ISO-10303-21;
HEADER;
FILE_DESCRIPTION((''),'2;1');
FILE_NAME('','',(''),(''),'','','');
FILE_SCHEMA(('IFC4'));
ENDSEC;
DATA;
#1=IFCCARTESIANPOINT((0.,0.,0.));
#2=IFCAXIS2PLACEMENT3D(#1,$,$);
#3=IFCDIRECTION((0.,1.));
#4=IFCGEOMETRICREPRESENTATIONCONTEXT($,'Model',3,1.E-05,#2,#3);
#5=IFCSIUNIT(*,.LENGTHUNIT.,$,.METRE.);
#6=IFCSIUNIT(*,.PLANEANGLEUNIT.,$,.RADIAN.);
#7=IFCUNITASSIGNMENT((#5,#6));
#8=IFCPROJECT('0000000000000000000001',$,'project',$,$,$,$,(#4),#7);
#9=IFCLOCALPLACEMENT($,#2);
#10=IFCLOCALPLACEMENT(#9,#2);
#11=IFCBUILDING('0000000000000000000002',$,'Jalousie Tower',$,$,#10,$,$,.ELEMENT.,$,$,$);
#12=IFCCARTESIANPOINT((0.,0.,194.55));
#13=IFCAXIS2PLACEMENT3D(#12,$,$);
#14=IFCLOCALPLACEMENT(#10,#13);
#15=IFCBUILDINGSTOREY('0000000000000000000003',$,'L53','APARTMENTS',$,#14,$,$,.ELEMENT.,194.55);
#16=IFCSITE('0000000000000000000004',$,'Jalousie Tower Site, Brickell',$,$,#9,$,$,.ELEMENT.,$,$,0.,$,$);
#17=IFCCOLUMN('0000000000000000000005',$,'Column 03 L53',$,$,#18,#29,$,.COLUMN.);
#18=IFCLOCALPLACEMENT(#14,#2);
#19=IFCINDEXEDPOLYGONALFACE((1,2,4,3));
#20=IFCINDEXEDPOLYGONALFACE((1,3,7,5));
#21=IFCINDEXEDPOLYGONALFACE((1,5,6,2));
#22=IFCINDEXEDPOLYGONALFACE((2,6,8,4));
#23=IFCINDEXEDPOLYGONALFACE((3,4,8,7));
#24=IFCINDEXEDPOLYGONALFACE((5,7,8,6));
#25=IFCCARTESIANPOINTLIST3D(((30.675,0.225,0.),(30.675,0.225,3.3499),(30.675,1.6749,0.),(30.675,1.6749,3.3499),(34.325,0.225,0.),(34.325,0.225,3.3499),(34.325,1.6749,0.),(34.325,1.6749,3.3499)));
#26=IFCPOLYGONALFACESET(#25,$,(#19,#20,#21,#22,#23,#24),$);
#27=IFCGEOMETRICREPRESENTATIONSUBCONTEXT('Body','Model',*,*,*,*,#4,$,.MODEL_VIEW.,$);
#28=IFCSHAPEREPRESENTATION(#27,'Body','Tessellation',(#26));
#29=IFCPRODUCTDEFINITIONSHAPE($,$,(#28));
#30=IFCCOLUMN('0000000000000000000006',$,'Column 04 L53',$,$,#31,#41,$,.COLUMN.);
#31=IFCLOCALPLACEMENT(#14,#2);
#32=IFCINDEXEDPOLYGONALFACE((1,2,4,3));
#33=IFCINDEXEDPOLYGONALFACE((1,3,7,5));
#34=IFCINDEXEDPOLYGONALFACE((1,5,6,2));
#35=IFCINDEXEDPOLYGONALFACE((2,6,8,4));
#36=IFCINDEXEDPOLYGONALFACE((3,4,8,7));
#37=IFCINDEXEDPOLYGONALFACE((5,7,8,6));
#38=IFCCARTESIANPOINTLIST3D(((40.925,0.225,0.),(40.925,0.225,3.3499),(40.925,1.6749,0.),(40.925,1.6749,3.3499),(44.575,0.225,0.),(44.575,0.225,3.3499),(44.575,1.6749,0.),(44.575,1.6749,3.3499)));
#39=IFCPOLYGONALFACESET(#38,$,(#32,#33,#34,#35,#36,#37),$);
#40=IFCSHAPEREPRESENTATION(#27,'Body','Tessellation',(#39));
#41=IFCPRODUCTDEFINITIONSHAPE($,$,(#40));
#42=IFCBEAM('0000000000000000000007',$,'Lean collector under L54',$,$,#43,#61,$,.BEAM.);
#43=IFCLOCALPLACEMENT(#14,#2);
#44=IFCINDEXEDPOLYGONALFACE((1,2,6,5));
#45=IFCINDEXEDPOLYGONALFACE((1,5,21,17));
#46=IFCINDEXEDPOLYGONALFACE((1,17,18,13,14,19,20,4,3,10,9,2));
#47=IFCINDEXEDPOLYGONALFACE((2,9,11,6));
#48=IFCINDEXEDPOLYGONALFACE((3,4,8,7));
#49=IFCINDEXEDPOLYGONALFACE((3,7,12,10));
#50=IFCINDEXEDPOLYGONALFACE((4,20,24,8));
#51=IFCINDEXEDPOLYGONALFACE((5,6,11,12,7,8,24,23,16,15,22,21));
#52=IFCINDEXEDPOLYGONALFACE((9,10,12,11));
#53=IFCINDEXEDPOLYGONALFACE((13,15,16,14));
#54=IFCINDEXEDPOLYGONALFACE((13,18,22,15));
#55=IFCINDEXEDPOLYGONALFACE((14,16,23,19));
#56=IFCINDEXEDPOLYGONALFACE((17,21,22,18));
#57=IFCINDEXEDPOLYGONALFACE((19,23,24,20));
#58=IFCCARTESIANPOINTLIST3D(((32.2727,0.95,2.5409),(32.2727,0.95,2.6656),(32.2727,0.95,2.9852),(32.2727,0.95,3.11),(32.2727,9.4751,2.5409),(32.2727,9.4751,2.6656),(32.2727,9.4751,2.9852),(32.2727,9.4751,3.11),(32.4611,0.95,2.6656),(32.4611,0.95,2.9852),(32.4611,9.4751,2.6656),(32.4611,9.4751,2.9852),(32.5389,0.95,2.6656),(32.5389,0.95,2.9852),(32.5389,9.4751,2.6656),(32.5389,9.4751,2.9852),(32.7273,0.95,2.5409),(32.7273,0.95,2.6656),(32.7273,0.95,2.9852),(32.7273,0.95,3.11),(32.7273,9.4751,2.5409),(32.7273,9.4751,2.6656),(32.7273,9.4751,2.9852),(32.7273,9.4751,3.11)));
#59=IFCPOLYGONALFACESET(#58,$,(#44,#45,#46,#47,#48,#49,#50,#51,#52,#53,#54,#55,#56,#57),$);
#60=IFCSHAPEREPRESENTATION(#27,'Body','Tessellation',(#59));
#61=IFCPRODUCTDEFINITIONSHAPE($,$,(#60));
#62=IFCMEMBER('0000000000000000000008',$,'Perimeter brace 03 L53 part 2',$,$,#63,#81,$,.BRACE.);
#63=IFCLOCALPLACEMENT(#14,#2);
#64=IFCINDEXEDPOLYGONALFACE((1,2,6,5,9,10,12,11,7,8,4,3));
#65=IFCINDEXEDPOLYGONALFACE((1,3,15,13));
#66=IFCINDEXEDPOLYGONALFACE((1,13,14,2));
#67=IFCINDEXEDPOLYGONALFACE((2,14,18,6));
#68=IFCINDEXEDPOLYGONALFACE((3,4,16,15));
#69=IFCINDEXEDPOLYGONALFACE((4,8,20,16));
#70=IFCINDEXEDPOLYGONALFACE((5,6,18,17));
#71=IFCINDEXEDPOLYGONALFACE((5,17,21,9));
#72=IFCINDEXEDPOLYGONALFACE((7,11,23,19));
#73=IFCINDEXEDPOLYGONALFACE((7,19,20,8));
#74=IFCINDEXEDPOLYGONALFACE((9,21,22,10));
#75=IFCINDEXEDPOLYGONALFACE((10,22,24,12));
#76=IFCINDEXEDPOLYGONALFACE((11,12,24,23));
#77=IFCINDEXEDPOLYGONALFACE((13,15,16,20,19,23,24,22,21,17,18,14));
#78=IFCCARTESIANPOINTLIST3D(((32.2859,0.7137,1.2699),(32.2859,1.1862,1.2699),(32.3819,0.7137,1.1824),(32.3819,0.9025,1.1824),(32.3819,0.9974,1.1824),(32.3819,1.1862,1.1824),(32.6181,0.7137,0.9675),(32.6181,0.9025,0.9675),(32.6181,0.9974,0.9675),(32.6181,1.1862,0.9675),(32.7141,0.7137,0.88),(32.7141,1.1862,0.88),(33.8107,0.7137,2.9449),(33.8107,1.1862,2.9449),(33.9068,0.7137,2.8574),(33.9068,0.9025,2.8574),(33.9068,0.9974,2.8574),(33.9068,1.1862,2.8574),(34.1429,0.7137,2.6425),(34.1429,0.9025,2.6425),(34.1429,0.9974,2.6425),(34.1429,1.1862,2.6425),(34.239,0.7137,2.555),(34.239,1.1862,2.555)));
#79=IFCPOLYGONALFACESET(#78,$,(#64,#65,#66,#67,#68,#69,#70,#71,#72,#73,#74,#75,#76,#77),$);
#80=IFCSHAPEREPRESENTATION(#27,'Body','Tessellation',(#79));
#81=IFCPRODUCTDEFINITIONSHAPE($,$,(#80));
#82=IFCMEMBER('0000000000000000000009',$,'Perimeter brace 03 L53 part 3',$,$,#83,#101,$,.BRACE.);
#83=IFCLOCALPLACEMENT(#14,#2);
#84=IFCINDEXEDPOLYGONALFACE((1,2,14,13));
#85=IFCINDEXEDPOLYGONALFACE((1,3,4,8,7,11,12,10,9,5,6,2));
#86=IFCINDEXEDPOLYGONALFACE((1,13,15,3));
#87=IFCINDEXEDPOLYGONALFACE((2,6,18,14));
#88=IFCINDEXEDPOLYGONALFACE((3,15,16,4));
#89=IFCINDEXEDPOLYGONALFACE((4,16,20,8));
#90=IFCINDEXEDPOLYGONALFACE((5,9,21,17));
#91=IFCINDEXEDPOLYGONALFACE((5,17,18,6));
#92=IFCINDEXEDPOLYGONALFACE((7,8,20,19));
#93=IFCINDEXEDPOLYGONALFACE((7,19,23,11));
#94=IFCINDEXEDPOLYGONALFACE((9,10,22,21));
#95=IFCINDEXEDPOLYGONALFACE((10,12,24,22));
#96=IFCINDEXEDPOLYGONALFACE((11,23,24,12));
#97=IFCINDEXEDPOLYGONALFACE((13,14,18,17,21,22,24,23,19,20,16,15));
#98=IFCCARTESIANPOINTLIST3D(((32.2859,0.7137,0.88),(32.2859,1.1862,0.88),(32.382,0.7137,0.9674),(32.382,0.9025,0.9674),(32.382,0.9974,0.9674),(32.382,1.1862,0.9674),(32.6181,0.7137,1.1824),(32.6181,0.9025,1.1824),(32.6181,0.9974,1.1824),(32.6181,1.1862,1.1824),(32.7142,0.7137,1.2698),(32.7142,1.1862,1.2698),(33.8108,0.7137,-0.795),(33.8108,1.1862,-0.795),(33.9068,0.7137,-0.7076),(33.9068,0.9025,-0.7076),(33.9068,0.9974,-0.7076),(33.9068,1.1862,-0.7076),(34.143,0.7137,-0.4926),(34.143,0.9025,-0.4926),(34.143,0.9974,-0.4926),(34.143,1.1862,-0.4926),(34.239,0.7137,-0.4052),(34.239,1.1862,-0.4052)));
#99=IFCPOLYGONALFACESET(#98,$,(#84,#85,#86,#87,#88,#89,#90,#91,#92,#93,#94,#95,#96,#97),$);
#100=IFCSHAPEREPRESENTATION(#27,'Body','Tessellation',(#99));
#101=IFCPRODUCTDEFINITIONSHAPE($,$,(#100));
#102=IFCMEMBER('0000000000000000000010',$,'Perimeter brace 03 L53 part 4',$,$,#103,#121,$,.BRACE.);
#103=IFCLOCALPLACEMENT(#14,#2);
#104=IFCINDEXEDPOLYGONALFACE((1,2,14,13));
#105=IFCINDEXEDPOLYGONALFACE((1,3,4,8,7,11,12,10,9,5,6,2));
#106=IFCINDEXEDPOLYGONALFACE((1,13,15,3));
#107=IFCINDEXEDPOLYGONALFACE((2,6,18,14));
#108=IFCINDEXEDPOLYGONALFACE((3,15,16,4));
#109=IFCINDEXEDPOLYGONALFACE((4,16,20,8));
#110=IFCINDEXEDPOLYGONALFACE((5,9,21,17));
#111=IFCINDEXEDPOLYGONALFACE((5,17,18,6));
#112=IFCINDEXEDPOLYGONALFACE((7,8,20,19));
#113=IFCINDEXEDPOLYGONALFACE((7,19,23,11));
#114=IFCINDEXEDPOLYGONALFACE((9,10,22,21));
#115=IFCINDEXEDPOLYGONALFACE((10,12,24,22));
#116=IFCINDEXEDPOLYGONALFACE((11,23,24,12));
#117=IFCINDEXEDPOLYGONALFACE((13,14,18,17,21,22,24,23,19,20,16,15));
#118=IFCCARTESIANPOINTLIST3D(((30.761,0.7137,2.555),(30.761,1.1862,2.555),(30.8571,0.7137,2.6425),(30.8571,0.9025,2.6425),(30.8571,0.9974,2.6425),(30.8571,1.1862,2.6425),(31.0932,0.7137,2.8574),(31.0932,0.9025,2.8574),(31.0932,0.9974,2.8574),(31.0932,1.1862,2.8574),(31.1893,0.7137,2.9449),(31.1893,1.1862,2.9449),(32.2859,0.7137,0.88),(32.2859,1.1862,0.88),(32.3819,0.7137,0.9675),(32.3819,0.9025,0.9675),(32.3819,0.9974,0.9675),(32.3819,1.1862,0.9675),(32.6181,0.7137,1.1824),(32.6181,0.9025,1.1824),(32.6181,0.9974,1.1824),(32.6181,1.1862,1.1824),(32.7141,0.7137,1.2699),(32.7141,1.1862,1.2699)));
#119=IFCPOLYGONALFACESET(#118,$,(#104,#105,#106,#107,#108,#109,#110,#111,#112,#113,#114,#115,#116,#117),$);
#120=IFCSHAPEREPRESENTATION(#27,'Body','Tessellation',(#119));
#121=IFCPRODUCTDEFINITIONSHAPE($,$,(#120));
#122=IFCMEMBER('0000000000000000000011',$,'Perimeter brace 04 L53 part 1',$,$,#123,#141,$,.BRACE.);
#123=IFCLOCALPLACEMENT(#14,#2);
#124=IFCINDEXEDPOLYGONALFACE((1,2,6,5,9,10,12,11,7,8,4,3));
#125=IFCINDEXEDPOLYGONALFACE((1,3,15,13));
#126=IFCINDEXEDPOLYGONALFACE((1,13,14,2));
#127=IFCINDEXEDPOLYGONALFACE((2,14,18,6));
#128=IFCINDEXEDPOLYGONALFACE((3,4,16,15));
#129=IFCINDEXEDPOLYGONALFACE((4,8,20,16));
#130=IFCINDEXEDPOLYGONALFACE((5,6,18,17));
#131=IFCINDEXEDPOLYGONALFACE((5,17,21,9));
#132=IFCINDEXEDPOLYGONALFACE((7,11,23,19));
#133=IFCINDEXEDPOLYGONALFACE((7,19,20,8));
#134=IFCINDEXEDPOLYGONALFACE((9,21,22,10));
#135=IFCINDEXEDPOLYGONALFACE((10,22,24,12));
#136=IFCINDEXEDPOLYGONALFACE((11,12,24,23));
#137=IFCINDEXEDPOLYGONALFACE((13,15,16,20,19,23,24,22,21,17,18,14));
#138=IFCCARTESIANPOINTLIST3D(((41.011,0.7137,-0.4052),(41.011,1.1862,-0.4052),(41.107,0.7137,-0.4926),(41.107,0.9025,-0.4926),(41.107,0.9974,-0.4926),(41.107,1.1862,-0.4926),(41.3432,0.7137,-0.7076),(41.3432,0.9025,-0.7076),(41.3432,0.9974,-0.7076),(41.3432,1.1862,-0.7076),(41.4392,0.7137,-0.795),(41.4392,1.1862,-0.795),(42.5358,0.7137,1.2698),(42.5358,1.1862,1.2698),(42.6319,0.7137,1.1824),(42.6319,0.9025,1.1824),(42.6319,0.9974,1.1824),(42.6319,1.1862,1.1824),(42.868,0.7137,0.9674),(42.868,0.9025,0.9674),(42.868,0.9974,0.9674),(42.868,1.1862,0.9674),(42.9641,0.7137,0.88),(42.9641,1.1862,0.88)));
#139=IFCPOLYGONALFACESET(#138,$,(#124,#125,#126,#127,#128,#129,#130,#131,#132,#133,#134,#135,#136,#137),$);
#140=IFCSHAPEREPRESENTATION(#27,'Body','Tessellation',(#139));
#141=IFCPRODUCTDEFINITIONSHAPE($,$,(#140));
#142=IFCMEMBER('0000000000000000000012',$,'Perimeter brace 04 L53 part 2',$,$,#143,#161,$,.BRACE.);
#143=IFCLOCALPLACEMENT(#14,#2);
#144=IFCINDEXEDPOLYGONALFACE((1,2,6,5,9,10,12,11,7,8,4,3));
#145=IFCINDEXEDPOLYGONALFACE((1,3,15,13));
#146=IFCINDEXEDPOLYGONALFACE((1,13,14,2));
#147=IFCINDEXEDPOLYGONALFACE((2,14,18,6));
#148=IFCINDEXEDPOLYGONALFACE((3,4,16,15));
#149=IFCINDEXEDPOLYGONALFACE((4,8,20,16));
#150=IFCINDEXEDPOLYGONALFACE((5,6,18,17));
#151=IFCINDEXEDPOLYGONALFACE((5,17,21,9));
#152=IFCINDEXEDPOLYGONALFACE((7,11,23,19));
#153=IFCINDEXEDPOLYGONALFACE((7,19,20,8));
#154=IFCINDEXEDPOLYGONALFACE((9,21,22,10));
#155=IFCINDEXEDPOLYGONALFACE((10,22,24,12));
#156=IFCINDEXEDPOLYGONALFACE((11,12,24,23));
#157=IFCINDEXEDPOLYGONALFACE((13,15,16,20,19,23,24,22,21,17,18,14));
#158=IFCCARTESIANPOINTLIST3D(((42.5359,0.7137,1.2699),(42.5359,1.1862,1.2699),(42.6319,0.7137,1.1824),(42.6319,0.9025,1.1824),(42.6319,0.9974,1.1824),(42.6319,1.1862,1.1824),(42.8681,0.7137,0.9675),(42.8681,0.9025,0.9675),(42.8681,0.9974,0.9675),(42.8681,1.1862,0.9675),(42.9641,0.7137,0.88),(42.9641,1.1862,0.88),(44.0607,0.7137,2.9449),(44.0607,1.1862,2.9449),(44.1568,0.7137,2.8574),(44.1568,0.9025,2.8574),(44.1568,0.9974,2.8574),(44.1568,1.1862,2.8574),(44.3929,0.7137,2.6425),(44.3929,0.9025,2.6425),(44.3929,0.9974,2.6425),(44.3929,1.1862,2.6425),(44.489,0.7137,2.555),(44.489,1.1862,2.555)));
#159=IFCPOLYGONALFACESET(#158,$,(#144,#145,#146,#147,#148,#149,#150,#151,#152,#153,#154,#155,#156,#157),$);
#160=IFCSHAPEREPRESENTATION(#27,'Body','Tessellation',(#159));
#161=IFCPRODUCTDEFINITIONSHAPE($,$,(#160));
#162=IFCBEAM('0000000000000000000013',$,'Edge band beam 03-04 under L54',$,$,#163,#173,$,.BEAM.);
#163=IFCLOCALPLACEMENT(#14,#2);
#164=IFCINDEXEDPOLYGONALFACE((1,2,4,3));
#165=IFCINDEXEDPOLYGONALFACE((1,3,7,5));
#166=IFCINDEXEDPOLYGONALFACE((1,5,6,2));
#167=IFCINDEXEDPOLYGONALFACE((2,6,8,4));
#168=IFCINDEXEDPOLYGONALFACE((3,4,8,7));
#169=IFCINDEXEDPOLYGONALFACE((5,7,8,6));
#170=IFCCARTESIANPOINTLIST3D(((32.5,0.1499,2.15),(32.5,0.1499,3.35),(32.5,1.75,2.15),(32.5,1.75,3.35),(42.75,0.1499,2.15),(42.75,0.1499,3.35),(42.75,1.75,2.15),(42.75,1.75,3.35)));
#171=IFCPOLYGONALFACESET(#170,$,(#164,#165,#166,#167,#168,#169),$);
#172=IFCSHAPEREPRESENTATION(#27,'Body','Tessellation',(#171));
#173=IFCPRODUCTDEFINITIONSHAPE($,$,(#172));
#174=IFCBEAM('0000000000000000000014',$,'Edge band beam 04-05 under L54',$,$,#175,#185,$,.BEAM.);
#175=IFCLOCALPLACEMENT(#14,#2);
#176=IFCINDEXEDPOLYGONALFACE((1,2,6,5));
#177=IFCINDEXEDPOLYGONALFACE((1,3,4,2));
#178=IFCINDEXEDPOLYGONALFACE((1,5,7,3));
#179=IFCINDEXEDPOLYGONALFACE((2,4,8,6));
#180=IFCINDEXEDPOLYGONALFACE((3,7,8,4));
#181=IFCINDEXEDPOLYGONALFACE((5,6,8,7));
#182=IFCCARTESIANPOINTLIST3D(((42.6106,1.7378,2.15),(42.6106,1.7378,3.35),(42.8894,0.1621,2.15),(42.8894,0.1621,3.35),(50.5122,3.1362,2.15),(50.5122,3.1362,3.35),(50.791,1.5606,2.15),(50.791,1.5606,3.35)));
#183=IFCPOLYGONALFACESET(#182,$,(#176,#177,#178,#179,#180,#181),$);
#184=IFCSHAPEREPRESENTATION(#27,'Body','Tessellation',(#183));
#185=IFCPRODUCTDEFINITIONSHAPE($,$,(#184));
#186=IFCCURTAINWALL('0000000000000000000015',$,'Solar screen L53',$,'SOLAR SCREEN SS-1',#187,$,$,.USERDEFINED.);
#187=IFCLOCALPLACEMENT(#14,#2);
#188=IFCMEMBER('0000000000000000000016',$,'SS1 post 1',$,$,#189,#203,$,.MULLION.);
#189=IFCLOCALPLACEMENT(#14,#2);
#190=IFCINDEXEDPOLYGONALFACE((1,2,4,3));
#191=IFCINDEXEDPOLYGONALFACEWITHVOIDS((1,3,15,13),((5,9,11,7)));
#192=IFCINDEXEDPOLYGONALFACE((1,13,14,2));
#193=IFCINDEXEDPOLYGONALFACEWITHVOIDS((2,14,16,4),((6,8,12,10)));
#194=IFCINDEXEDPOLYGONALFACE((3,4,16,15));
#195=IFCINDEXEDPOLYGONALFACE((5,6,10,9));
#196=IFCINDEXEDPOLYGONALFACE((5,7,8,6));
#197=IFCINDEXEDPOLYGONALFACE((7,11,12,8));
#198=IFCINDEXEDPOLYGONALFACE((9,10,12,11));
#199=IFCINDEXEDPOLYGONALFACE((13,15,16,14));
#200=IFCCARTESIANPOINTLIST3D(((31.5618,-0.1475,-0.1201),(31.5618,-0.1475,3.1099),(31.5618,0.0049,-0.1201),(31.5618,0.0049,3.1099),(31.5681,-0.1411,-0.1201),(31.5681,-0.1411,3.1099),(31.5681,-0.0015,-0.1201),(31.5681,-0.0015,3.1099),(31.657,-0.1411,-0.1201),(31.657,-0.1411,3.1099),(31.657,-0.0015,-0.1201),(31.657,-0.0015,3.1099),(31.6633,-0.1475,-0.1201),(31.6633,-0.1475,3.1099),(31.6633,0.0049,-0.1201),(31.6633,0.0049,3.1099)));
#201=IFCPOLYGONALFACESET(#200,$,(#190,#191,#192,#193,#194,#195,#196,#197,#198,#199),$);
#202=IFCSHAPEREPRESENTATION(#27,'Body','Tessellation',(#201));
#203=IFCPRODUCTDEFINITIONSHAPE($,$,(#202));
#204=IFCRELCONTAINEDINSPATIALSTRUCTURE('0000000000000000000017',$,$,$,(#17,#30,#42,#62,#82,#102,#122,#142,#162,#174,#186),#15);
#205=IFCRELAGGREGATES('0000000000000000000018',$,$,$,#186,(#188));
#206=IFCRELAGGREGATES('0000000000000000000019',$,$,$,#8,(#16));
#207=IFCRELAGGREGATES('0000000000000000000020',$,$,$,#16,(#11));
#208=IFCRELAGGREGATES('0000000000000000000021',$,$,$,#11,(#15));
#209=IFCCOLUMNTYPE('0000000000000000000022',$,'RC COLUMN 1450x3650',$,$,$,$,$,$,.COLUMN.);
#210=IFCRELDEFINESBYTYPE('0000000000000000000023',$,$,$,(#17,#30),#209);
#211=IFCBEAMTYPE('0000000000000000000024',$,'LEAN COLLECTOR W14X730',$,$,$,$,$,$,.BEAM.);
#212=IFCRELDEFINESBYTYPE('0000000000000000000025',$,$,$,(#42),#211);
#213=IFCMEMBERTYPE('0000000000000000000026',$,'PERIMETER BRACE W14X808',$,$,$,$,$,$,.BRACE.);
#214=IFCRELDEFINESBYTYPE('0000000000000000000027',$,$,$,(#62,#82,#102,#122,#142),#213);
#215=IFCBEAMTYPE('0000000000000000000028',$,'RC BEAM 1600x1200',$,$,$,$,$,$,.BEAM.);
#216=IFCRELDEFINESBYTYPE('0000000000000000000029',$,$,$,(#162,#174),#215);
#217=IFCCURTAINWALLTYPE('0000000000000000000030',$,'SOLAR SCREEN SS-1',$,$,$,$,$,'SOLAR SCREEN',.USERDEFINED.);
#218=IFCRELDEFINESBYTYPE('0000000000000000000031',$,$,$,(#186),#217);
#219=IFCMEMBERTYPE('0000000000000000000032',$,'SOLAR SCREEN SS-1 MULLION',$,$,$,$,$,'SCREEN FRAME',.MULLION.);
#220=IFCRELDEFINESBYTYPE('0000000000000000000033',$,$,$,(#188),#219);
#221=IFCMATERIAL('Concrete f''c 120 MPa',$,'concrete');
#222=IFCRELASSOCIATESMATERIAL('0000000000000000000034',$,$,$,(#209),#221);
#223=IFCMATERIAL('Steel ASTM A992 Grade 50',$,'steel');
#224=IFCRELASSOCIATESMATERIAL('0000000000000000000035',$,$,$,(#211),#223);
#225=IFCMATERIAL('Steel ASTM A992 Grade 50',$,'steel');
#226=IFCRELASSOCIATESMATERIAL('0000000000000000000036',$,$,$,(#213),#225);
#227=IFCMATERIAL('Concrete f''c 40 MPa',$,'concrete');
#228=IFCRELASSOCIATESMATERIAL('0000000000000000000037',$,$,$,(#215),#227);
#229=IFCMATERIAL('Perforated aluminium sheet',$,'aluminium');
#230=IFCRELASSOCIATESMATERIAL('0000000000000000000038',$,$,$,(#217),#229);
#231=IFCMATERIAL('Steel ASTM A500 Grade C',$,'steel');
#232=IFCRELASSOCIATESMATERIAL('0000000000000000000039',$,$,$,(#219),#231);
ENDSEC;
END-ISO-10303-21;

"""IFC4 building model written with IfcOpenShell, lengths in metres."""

from ifc_helpers import new_model, si_unit, direction, frame, origin, origin_2d, place, context, subcontext, project, spatial, rectangle, hollow_rectangle, i_section, extrude, material, material_profile, profile_set, type_object, element, aggregate, save


model = new_model("IFC4")

# Units and contexts
model_context = context("Model", 3, precision=1e-05, world=origin(), true_north=direction((0.0, 1.0)))
body_context = subcontext(model_context, "Body", "Model", "MODEL_VIEW")
ifc_project = project(units=[si_unit("LENGTHUNIT", "METRE"), si_unit("PLANEANGLEUNIT", "RADIAN")], contexts=[model_context])

# Site, building, storey
site_placement = place(None, origin())
site = spatial("IfcSite", under=ifc_project, at=site_placement, Name="Jalousie Tower Site, Brickell", CompositionType="ELEMENT", RefElevation=0.0)
building_placement = place(site_placement, origin())
building = spatial("IfcBuilding", under=site, at=building_placement, Name="Jalousie Tower", CompositionType="ELEMENT")
storey_placement = place(building_placement, frame((0.0, 0.0, 194.55)))
storey = spatial("IfcBuildingStorey", under=building, at=storey_placement, Name="L53", Description="APARTMENTS", CompositionType="ELEMENT", Elevation=194.55)

# Columns
ifc_material_1 = material(Name="Concrete f'c 120 MPa", Category="concrete")
ifc_material_profile_1 = material_profile(ifc_material_1, rectangle(XDim=1.45, YDim=3.6499, at=origin_2d()), Name="RC 1450x3650")
ifc_profile_set_1 = profile_set([ifc_material_profile_1], Name="Concrete f'c 120 MPa")
column_type = type_object("IfcColumnType", Name="RC COLUMN 1450x3650", PredefinedType="COLUMN", material=ifc_profile_set_1)
for number, where, z_axis, x_axis, name in (
    (1, (32.5, 0.95, 0.0), (0.0, 0.0, 1.0), (0.0, 1.0, 0.0), "Column 03 L53"),
    (2, (42.75, 0.95, 0.0), (0.0, 0.0, 1.0), (0.0, 1.0, 0.0), "Column 04 L53"),
):
    element("IfcColumn", number, at=place(storey_placement, frame(where, z_axis=z_axis, x_axis=x_axis)), inside=storey, type_object=column_type, Name=name, PredefinedType="COLUMN", context=body_context, shape_type="SweptSolid", body=[
        extrude(rectangle(XDim=1.45, YDim=3.6499, at=origin_2d()), origin(), (0.0, 0.0, 1.0), 3.3499),
    ])

# Beam
ifc_material_2 = material(Name="Steel ASTM A992 Grade 50", Category="steel")
ifc_material_profile_2 = material_profile(ifc_material_2, i_section(OverallWidth=0.4546, OverallDepth=0.5691, WebThickness=0.0779, FlangeThickness=0.1248, at=origin_2d()), Name="W14X730")
ifc_profile_set_2 = profile_set([ifc_material_profile_2], Name="Steel ASTM A992 Grade 50")
beam_type_1 = type_object("IfcBeamType", Name="LEAN COLLECTOR W14X730", PredefinedType="BEAM", material=ifc_profile_set_2)
beam_1_placement = place(storey_placement, frame((32.5, 0.95, 2.8254), z_axis=(0.0, 1.0, 0.0), x_axis=(-1.0, 0.0, 0.0)))
element("IfcBeam", 3, at=beam_1_placement, inside=storey, type_object=beam_type_1, Name="Lean collector under L54", PredefinedType="BEAM", context=body_context, shape_type="SweptSolid", body=[
    extrude(i_section(OverallWidth=0.4546, OverallDepth=0.5691, WebThickness=0.0779, FlangeThickness=0.1248, at=origin_2d()), origin(), (0.0, 0.0, 1.0), 8.5251),
])

# Members
ifc_material_3 = material(Name="Steel ASTM A992 Grade 50", Category="steel")
ifc_material_profile_3 = material_profile(ifc_material_3, i_section(OverallWidth=0.4724, OverallDepth=0.5791, WebThickness=0.095, FlangeThickness=0.1299, at=origin_2d()), Name="W14X808")
ifc_profile_set_3 = profile_set([ifc_material_profile_3], Name="Steel ASTM A992 Grade 50")
member_type_1 = type_object("IfcMemberType", Name="PERIMETER BRACE W14X808", PredefinedType="BRACE", material=ifc_profile_set_3)
for number, where, z_axis, x_axis, name in (
    (4, (32.5, 0.95, 1.075), (0.673188, 0.0, 0.739472), (0.0, 1.0, 0.0), "Perimeter brace 03 L53 part 2"),
    (5, (34.0249, 0.95, -0.6001), (-0.673188, 0.0, 0.739472), (0.0, -1.0, 0.0), "Perimeter brace 03 L53 part 3"),
    (6, (32.5, 0.95, 1.075), (-0.673188, 0.0, 0.739472), (0.0, -1.0, 0.0), "Perimeter brace 03 L53 part 4"),
    (7, (41.2251, 0.95, -0.6001), (0.673188, 0.0, 0.739472), (0.0, 1.0, 0.0), "Perimeter brace 04 L53 part 1"),
    (8, (42.75, 0.95, 1.075), (0.673188, 0.0, 0.739472), (0.0, 1.0, 0.0), "Perimeter brace 04 L53 part 2"),
):
    element("IfcMember", number, at=place(storey_placement, frame(where, z_axis=z_axis, x_axis=x_axis)), inside=storey, type_object=member_type_1, Name=name, PredefinedType="BRACE", context=body_context, shape_type="SweptSolid", body=[
        extrude(i_section(OverallWidth=0.4724, OverallDepth=0.5791, WebThickness=0.095, FlangeThickness=0.1299, at=origin_2d()), origin(), (0.0, 0.0, 1.0), 2.2651),
    ])

# Beams
ifc_material_4 = material(Name="Concrete f'c 40 MPa", Category="concrete")
ifc_material_profile_4 = material_profile(ifc_material_4, rectangle(XDim=1.6001, YDim=1.2, at=origin_2d()), Name="RC 1600x1200")
ifc_profile_set_4 = profile_set([ifc_material_profile_4], Name="Concrete f'c 40 MPa")
beam_type_2 = type_object("IfcBeamType", Name="RC BEAM 1600x1200", PredefinedType="BEAM", material=ifc_profile_set_4)
beam_2_placement = place(storey_placement, frame((32.5, 0.95, 2.75), z_axis=(1.0, 0.0, 0.0), x_axis=(0.0, 1.0, 0.0)))
element("IfcBeam", 9, at=beam_2_placement, inside=storey, type_object=beam_type_2, Name="Edge band beam 03-04 under L54", PredefinedType="BEAM", context=body_context, shape_type="SweptSolid", body=[
    extrude(rectangle(XDim=1.6001, YDim=1.2, at=origin_2d()), origin(), (0.0, 0.0, 1.0), 10.25),
])
beam_3_placement = place(storey_placement, frame((42.75, 0.95, 2.75), z_axis=(0.984697, 0.174273, 0.0), x_axis=(-0.174273, 0.984697, 0.0)))
element("IfcBeam", 10, at=beam_3_placement, inside=storey, type_object=beam_type_2, Name="Edge band beam 04-05 under L54", PredefinedType="BEAM", context=body_context, shape_type="SweptSolid", body=[
    extrude(rectangle(XDim=1.6001, YDim=1.2, at=origin_2d()), origin(), (0.0, 0.0, 1.0), 8.0244),
])

# Curtain wall, member
ifc_material_5 = material(Name="Perforated aluminium sheet", Category="aluminium")
curtain_wall_type = type_object("IfcCurtainWallType", Name="SOLAR SCREEN SS-1", ElementType="SOLAR SCREEN", PredefinedType="USERDEFINED", material=ifc_material_5)
curtain_wall_1_placement = place(storey_placement, origin())
curtain_wall_1 = element("IfcCurtainWall", 11, at=curtain_wall_1_placement, inside=storey, type_object=curtain_wall_type, Name="Solar screen L53", ObjectType="SOLAR SCREEN SS-1", PredefinedType="USERDEFINED")
ifc_material_6 = material(Name="Steel ASTM A500 Grade C", Category="steel")
ifc_material_profile_5 = material_profile(ifc_material_6, hollow_rectangle(XDim=0.1016, YDim=0.1523, WallThickness=0.0063, at=origin_2d()), Name="HSS6X4X1/4")
ifc_profile_set_5 = profile_set([ifc_material_profile_5], Name="Steel ASTM A500 Grade C")
member_type_2 = type_object("IfcMemberType", Name="SOLAR SCREEN SS-1 MULLION", ElementType="SCREEN FRAME", PredefinedType="MULLION", material=ifc_profile_set_5)
member_1_placement = place(storey_placement, frame((31.6125, -0.0713, -0.1201), z_axis=(0.0, 0.0, 1.0), x_axis=(1.0, 0.0, 0.0)))
member_1 = element("IfcMember", 12, at=member_1_placement, type_object=member_type_2, Name="SS1 post 1", PredefinedType="MULLION", context=body_context, shape_type="SweptSolid", body=[
    extrude(hollow_rectangle(XDim=0.1016, YDim=0.1523, WallThickness=0.0063, at=origin_2d()), origin(), (0.0, 0.0, 1.0), 3.23),
])

aggregate(curtain_wall_1, [member_1])

save(model, "model.ifc")
